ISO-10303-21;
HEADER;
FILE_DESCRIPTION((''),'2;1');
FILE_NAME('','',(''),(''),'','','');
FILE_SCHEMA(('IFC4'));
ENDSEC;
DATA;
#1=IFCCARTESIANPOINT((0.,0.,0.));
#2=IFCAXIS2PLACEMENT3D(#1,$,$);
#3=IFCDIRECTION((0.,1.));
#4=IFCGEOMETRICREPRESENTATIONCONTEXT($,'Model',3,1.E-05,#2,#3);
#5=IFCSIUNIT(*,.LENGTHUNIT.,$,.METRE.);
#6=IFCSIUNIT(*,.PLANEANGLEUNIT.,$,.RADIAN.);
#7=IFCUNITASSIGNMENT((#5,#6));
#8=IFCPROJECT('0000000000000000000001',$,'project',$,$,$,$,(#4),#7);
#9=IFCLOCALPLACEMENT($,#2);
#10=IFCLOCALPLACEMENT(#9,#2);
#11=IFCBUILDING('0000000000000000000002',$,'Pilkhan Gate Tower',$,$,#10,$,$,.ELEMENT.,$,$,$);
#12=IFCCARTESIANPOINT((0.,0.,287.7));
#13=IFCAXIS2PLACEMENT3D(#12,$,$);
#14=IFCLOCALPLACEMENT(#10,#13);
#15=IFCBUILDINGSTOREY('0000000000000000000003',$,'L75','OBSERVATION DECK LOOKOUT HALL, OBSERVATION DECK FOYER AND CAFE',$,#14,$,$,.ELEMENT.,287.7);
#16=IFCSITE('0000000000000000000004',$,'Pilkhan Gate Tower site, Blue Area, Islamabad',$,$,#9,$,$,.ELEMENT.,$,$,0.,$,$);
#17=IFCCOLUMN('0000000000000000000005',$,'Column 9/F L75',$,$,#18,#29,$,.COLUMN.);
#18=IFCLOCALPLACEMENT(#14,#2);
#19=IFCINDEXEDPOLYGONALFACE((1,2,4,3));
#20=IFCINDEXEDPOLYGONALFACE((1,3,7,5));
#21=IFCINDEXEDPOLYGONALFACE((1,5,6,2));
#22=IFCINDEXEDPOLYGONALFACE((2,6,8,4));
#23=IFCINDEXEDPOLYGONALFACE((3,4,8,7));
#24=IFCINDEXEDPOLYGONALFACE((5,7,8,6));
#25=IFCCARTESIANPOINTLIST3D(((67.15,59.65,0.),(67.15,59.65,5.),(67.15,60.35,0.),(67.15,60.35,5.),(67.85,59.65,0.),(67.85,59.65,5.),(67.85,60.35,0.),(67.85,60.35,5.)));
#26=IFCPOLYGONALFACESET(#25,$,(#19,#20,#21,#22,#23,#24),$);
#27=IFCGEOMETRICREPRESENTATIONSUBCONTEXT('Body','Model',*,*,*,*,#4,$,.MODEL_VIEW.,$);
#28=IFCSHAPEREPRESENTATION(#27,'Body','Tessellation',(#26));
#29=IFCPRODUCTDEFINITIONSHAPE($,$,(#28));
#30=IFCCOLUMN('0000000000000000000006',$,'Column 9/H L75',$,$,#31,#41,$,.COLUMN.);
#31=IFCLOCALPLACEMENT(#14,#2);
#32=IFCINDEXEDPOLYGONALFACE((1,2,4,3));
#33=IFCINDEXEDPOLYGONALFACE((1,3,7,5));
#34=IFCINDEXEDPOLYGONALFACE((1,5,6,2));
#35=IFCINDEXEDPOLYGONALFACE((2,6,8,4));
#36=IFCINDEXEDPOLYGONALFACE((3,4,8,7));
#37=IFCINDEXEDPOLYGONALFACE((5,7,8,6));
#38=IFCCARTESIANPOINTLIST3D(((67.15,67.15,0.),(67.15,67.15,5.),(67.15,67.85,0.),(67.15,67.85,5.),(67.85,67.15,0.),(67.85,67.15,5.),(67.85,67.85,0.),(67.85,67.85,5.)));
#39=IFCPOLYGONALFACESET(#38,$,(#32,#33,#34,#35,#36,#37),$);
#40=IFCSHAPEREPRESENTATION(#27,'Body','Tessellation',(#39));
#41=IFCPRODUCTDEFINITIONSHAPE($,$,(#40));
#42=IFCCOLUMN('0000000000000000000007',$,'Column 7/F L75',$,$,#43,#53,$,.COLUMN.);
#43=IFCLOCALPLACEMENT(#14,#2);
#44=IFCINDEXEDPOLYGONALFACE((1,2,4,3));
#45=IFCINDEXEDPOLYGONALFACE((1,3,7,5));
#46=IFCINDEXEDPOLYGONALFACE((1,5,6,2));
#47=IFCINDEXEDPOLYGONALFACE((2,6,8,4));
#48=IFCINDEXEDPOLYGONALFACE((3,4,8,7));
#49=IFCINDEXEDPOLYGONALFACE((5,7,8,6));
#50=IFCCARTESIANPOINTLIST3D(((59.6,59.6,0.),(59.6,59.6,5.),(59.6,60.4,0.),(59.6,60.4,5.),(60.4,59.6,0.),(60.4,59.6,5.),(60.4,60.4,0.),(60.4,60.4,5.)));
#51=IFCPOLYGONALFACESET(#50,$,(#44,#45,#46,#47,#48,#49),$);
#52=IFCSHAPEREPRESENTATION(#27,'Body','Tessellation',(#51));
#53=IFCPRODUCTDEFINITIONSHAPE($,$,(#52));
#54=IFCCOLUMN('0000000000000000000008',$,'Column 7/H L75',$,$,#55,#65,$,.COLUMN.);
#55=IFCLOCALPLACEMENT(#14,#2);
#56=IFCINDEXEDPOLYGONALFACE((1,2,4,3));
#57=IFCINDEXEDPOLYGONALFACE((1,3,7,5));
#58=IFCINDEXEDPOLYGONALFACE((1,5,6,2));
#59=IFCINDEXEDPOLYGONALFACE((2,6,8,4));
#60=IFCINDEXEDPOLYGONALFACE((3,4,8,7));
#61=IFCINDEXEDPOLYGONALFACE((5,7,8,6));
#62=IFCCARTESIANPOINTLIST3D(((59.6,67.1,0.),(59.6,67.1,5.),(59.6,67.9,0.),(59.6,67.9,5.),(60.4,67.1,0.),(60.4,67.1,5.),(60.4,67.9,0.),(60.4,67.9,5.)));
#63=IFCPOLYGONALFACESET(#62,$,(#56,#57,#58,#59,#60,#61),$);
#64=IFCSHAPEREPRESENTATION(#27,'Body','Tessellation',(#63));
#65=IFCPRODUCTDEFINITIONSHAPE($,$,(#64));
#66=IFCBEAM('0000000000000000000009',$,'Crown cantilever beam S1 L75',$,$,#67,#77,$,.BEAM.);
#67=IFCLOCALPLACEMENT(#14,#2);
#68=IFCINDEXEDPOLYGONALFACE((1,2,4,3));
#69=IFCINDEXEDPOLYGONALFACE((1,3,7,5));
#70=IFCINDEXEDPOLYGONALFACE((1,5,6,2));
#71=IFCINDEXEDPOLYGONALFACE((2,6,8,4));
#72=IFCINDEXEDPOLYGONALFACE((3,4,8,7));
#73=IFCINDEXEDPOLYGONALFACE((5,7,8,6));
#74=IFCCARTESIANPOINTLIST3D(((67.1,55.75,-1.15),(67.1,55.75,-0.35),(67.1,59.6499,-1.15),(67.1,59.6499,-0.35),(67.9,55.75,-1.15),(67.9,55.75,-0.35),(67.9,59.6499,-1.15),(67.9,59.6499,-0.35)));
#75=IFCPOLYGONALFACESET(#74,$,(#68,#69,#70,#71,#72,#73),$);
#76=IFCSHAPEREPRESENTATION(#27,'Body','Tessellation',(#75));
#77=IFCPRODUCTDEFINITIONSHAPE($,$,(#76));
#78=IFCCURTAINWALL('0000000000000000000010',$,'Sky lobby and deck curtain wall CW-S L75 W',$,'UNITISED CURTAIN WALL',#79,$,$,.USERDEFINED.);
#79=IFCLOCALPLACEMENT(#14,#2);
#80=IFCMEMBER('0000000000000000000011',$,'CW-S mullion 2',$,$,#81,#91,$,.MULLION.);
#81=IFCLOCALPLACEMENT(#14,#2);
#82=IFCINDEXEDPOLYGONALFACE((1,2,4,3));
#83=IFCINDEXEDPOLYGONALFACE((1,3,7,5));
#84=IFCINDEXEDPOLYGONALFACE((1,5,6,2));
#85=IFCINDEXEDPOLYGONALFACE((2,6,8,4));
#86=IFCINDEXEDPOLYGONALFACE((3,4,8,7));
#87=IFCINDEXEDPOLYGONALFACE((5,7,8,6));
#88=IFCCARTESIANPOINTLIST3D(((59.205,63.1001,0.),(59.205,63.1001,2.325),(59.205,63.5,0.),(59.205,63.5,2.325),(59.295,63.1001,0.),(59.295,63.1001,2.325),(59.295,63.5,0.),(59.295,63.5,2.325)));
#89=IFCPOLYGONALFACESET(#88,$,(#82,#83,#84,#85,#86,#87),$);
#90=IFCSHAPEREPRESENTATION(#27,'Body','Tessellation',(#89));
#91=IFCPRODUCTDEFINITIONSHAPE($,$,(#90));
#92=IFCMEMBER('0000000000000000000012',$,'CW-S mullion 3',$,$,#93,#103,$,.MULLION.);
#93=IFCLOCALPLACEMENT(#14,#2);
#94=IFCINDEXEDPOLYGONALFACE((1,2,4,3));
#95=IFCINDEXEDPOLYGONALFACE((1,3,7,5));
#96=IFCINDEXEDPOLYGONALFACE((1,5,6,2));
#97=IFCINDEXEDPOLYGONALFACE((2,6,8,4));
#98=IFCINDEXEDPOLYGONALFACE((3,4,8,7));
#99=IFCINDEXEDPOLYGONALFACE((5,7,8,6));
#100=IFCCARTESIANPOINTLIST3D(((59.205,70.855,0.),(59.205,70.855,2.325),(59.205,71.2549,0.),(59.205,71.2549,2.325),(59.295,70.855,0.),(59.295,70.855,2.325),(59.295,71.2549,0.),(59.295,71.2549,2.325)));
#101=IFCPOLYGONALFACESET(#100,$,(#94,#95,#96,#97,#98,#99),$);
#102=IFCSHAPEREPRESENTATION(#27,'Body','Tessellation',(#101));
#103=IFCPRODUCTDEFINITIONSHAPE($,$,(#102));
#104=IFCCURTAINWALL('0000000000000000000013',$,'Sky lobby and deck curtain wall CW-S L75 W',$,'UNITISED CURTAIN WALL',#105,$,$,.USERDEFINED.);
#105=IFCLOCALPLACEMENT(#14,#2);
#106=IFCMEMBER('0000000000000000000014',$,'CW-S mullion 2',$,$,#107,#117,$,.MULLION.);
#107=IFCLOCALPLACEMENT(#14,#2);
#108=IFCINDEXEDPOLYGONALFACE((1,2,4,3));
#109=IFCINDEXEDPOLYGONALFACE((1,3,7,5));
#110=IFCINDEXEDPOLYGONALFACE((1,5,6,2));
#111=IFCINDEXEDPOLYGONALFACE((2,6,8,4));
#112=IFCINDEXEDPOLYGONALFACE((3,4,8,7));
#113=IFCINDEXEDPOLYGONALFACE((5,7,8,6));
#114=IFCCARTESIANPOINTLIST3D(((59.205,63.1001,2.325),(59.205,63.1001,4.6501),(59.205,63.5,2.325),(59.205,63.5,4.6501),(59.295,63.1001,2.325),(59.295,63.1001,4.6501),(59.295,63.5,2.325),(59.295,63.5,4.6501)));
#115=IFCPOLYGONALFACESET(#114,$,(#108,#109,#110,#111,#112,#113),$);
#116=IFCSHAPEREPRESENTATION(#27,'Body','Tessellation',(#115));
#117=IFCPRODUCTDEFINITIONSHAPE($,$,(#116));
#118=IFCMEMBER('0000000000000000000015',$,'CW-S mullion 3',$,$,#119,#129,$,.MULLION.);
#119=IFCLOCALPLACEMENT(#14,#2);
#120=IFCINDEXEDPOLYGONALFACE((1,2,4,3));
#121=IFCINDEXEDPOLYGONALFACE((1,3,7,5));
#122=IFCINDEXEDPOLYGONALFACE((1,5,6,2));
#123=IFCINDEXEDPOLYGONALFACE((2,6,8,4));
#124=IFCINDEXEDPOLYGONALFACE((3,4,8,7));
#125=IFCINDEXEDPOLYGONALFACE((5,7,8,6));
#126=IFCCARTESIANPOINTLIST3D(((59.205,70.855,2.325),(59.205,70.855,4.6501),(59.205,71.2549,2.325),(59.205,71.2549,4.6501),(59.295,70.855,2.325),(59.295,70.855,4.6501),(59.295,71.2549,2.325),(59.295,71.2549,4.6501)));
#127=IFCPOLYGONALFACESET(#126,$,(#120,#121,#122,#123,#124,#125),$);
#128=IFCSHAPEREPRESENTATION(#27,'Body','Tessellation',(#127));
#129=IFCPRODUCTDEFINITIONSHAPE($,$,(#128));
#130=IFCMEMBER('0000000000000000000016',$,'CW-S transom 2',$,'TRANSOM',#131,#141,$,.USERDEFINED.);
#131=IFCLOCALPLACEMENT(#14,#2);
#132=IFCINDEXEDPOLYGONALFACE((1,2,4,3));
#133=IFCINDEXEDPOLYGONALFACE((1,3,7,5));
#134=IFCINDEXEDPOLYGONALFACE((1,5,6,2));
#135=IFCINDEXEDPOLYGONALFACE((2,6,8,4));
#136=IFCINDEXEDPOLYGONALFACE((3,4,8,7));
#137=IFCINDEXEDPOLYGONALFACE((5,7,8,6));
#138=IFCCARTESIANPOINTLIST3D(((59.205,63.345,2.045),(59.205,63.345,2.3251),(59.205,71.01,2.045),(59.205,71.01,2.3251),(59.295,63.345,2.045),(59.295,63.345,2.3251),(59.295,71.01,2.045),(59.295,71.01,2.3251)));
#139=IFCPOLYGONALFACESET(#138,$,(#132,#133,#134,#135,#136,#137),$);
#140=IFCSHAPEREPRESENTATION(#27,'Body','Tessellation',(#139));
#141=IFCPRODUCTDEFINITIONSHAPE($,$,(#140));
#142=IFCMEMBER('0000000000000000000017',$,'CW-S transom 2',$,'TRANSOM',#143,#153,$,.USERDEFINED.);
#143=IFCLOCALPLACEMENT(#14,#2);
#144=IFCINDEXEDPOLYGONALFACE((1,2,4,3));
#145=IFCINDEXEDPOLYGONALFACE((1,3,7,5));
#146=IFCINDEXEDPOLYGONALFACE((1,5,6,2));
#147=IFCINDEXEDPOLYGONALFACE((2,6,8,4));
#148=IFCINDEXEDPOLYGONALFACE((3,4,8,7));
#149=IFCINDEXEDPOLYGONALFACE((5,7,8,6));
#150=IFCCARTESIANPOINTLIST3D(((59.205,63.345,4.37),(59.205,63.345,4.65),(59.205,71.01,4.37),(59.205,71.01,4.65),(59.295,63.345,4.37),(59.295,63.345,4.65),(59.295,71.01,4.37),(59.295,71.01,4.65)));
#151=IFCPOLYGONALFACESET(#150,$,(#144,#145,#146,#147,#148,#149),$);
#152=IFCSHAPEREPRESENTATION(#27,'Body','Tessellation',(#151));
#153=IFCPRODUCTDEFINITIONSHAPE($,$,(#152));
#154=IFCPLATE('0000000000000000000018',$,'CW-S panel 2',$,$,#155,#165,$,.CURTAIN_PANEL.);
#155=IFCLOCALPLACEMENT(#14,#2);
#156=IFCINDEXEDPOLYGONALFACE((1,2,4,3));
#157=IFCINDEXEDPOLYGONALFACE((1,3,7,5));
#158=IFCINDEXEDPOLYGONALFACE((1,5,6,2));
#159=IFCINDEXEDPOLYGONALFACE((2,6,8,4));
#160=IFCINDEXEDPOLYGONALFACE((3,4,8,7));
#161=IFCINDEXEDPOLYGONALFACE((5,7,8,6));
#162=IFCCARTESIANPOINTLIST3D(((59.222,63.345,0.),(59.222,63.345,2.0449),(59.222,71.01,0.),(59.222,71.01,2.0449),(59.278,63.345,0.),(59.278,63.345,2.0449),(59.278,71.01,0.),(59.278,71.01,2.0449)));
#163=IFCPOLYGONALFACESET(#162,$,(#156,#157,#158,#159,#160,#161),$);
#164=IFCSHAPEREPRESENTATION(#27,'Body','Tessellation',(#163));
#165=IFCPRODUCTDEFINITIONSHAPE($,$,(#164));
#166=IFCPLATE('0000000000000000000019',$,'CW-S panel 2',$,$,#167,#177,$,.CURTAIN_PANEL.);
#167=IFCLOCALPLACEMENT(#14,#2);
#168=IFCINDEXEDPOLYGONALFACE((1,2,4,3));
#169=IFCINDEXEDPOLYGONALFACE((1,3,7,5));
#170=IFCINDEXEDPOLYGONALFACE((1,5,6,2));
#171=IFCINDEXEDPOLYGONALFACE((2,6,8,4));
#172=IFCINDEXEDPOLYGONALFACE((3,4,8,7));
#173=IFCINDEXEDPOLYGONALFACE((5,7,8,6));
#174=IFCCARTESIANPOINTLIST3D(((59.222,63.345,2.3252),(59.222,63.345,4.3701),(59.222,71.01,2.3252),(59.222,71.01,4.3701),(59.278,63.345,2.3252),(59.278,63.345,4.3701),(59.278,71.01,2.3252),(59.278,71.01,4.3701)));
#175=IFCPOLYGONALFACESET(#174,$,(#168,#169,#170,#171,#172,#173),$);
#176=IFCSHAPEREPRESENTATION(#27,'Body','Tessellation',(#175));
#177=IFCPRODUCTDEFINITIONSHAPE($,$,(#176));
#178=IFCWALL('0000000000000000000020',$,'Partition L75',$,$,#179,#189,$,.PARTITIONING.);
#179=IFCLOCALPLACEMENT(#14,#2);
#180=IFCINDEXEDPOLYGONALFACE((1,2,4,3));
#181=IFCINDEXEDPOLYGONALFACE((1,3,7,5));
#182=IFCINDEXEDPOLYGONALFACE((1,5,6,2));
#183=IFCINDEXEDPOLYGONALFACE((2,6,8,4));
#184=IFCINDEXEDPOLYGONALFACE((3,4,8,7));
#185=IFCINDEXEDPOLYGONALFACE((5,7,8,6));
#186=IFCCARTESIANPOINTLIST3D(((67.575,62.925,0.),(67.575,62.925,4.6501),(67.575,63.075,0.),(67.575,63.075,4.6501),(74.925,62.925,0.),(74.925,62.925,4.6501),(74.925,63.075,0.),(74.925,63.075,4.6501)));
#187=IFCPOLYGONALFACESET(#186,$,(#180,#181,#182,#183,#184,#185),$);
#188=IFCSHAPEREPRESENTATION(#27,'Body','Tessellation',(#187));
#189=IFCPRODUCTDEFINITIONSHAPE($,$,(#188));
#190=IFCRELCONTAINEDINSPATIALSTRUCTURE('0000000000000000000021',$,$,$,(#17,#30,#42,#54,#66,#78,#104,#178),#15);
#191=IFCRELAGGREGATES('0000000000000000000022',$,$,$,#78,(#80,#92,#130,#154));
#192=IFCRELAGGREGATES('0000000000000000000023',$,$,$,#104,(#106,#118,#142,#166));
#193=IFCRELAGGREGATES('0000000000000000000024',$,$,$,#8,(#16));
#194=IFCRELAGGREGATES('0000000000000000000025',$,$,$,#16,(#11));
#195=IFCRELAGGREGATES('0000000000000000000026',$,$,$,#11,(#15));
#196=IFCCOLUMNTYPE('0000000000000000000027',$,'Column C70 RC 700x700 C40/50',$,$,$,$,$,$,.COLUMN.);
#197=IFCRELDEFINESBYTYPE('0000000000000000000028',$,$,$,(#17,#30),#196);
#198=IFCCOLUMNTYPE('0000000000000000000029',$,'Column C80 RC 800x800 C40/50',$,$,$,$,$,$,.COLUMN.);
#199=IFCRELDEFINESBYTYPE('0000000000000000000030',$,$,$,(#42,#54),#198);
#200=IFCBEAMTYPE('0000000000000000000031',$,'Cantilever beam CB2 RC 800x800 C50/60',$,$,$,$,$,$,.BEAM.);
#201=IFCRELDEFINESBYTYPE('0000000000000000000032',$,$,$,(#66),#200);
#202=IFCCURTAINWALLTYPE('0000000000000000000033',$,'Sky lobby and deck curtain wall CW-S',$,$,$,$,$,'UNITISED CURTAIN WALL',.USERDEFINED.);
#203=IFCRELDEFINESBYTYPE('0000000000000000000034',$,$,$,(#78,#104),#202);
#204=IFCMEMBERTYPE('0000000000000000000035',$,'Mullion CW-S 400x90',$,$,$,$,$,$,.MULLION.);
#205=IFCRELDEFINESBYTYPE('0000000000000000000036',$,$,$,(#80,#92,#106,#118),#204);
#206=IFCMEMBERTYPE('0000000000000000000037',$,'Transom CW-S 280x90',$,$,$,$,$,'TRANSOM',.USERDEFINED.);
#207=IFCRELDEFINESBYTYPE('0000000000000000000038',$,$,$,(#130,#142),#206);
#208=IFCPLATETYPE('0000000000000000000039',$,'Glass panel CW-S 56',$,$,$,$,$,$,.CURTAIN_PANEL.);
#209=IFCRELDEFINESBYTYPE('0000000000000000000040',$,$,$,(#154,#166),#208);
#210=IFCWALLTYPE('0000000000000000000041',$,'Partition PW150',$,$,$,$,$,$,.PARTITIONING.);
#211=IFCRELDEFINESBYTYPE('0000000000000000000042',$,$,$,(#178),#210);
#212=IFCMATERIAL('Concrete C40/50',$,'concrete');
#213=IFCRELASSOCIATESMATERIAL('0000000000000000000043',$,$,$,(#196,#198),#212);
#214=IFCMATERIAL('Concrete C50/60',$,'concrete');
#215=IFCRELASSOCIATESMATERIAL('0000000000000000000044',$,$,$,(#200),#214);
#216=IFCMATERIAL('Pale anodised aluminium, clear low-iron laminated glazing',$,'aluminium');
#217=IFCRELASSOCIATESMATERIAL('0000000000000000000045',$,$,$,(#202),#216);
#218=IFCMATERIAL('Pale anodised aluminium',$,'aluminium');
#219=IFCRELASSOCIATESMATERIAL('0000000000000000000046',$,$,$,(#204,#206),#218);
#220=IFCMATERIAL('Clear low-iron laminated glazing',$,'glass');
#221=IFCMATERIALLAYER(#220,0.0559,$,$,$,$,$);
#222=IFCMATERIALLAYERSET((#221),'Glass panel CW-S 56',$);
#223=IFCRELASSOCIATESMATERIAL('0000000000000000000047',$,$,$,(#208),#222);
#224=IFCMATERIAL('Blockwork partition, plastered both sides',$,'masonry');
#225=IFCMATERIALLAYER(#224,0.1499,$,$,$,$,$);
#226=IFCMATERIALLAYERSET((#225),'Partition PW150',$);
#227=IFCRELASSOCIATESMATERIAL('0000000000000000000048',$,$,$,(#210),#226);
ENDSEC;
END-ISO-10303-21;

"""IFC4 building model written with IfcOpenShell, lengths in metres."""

from ifc_helpers import new_model, si_unit, direction, frame, frame_2d, origin, origin_2d, place, context, subcontext, project, spatial, rectangle, extrude, material, layer, layer_set, material_profile, profile_set, type_object, element, aggregate, save


model = new_model("IFC4")

# Units and contexts
model_context = context("Model", 3, precision=1e-05, world=origin(), true_north=direction((0.0, 1.0)))
body_context = subcontext(model_context, "Body", "Model", "MODEL_VIEW")
ifc_project = project(units=[si_unit("LENGTHUNIT", "METRE"), si_unit("PLANEANGLEUNIT", "RADIAN")], contexts=[model_context])

# Site, building, storey
site_placement = place(None, origin())
site = spatial("IfcSite", under=ifc_project, at=site_placement, Name="Pilkhan Gate Tower site, Blue Area, Islamabad", CompositionType="ELEMENT", RefElevation=0.0)
building_placement = place(site_placement, origin())
building = spatial("IfcBuilding", under=site, at=building_placement, Name="Pilkhan Gate Tower", CompositionType="ELEMENT")
storey_placement = place(building_placement, frame((0.0, 0.0, 287.7)))
storey = spatial("IfcBuildingStorey", under=building, at=storey_placement, Name="L75", Description="OBSERVATION DECK LOOKOUT HALL, OBSERVATION DECK FOYER AND CAFE", CompositionType="ELEMENT", Elevation=287.7)

# Columns
ifc_material_1 = material(Name="Concrete C40/50", Category="concrete")
ifc_material_profile_1 = material_profile(ifc_material_1, rectangle(XDim=0.7, YDim=0.7, at=origin_2d()), Name="RC 700x700")
ifc_profile_set_1 = profile_set([ifc_material_profile_1], Name="Concrete C40/50")
column_type_1 = type_object("IfcColumnType", Name="Column C70 RC 700x700 C40/50", PredefinedType="COLUMN", material=ifc_profile_set_1)
for number, where, z_axis, x_axis, name in (
    (1, (67.5, 60.0, 0.0), (0.0, 0.0, 1.0), (1.0, 0.0, 0.0), "Column 9/F L75"),
    (2, (67.5, 67.5, 0.0), (0.0, 0.0, 1.0), (1.0, 0.0, 0.0), "Column 9/H L75"),
):
    element("IfcColumn", number, at=place(storey_placement, frame(where, z_axis=z_axis, x_axis=x_axis)), inside=storey, type_object=column_type_1, Name=name, PredefinedType="COLUMN", context=body_context, shape_type="SweptSolid", body=[
        extrude(rectangle(XDim=0.7, YDim=0.7, at=origin_2d()), origin(), (0.0, 0.0, 1.0), 5.0),
    ])
ifc_material_profile_2 = material_profile(ifc_material_1, rectangle(XDim=0.8, YDim=0.8, at=origin_2d()), Name="RC 800x800")
ifc_profile_set_2 = profile_set([ifc_material_profile_2], Name="Concrete C40/50")
column_type_2 = type_object("IfcColumnType", Name="Column C80 RC 800x800 C40/50", PredefinedType="COLUMN", material=ifc_profile_set_2)
for number, where, z_axis, x_axis, name in (
    (3, (60.0, 60.0, 0.0), (0.0, 0.0, 1.0), (1.0, 0.0, 0.0), "Column 7/F L75"),
    (4, (60.0, 67.5, 0.0), (0.0, 0.0, 1.0), (1.0, 0.0, 0.0), "Column 7/H L75"),
):
    element("IfcColumn", number, at=place(storey_placement, frame(where, z_axis=z_axis, x_axis=x_axis)), inside=storey, type_object=column_type_2, Name=name, PredefinedType="COLUMN", context=body_context, shape_type="SweptSolid", body=[
        extrude(rectangle(XDim=0.8, YDim=0.8, at=origin_2d()), origin(), (0.0, 0.0, 1.0), 5.0),
    ])

# Beam
ifc_material_2 = material(Name="Concrete C50/60", Category="concrete")
ifc_material_profile_3 = material_profile(ifc_material_2, rectangle(XDim=0.8, YDim=0.8, at=origin_2d()), Name="RC 800x800")
ifc_profile_set_3 = profile_set([ifc_material_profile_3], Name="Concrete C50/60")
beam_type = type_object("IfcBeamType", Name="Cantilever beam CB2 RC 800x800 C50/60", PredefinedType="BEAM", material=ifc_profile_set_3)
beam_placement = place(storey_placement, frame((67.5, 59.6499, -0.75), z_axis=(0.0, -1.0, 0.0), x_axis=(1.0, 0.0, 0.0)))
element("IfcBeam", 5, at=beam_placement, inside=storey, type_object=beam_type, Name="Crown cantilever beam S1 L75", PredefinedType="BEAM", context=body_context, shape_type="SweptSolid", body=[
    extrude(rectangle(XDim=0.8, YDim=0.8, at=origin_2d()), origin(), (0.0, 0.0, 1.0), 3.8999),
])

# Curtain walls, members
ifc_material_3 = material(Name="Pale anodised aluminium, clear low-iron laminated glazing", Category="aluminium")
curtain_wall_type = type_object("IfcCurtainWallType", Name="Sky lobby and deck curtain wall CW-S", ElementType="UNITISED CURTAIN WALL", PredefinedType="USERDEFINED", material=ifc_material_3)
curtain_wall_1_placement = place(storey_placement, origin())
curtain_wall_1 = element("IfcCurtainWall", 6, at=curtain_wall_1_placement, inside=storey, type_object=curtain_wall_type, Name="Sky lobby and deck curtain wall CW-S L75 W", ObjectType="UNITISED CURTAIN WALL", PredefinedType="USERDEFINED")
ifc_material_4 = material(Name="Pale anodised aluminium", Category="aluminium")
ifc_material_profile_4 = material_profile(ifc_material_4, rectangle(XDim=0.0901, YDim=0.3999, at=origin_2d()), Name="Mullion 400x90")
ifc_profile_set_4 = profile_set([ifc_material_profile_4], Name="Pale anodised aluminium")
member_type_1 = type_object("IfcMemberType", Name="Mullion CW-S 400x90", PredefinedType="MULLION", material=ifc_profile_set_4)
member_1_placement = place(storey_placement, frame((59.25, 63.3, 0.0), z_axis=(0.0, 0.0, 1.0), x_axis=(-1.0, 0.0, 0.0)))
member_1 = element("IfcMember", 7, at=member_1_placement, type_object=member_type_1, Name="CW-S mullion 2", PredefinedType="MULLION", context=body_context, shape_type="SweptSolid", body=[
    extrude(rectangle(XDim=0.0901, YDim=0.3999, at=origin_2d()), origin(), (0.0, 0.0, 1.0), 2.325),
])
member_2_placement = place(storey_placement, frame((59.25, 71.0549, 0.0), z_axis=(0.0, 0.0, 1.0), x_axis=(-1.0, 0.0, 0.0)))
member_2 = element("IfcMember", 8, at=member_2_placement, type_object=member_type_1, Name="CW-S mullion 3", PredefinedType="MULLION", context=body_context, shape_type="SweptSolid", body=[
    extrude(rectangle(XDim=0.0901, YDim=0.3999, at=origin_2d()), origin(), (0.0, 0.0, 1.0), 2.325),
])
curtain_wall_2_placement = place(storey_placement, origin())
curtain_wall_2 = element("IfcCurtainWall", 9, at=curtain_wall_2_placement, inside=storey, type_object=curtain_wall_type, Name="Sky lobby and deck curtain wall CW-S L75 W", ObjectType="UNITISED CURTAIN WALL", PredefinedType="USERDEFINED")
member_3_placement = place(storey_placement, frame((59.25, 63.3, 2.325), z_axis=(0.0, 0.0, 1.0), x_axis=(-1.0, 0.0, 0.0)))
member_3 = element("IfcMember", 10, at=member_3_placement, type_object=member_type_1, Name="CW-S mullion 2", PredefinedType="MULLION", context=body_context, shape_type="SweptSolid", body=[
    extrude(rectangle(XDim=0.0901, YDim=0.3999, at=origin_2d()), origin(), (0.0, 0.0, 1.0), 2.3252),
])
member_4_placement = place(storey_placement, frame((59.25, 71.0549, 2.325), z_axis=(0.0, 0.0, 1.0), x_axis=(-1.0, 0.0, 0.0)))
member_4 = element("IfcMember", 11, at=member_4_placement, type_object=member_type_1, Name="CW-S mullion 3", PredefinedType="MULLION", context=body_context, shape_type="SweptSolid", body=[
    extrude(rectangle(XDim=0.0901, YDim=0.3999, at=origin_2d()), origin(), (0.0, 0.0, 1.0), 2.3252),
])

# Members
ifc_material_profile_5 = material_profile(ifc_material_4, rectangle(XDim=0.0901, YDim=0.28, at=origin_2d()), Name="Transom 280x90")
ifc_profile_set_5 = profile_set([ifc_material_profile_5], Name="Pale anodised aluminium")
member_type_2 = type_object("IfcMemberType", Name="Transom CW-S 280x90", ElementType="TRANSOM", PredefinedType="USERDEFINED", material=ifc_profile_set_5)
member_5_placement = place(storey_placement, frame((59.25, 63.345, 2.1851), z_axis=(0.0, 1.0, 0.0), x_axis=(-1.0, 0.0, 0.0)))
member_5 = element("IfcMember", 12, at=member_5_placement, type_object=member_type_2, Name="CW-S transom 2", ObjectType="TRANSOM", PredefinedType="USERDEFINED", context=body_context, shape_type="SweptSolid", body=[
    extrude(rectangle(XDim=0.0901, YDim=0.28, at=origin_2d()), origin(), (0.0, 0.0, 1.0), 7.665),
])
member_6_placement = place(storey_placement, frame((59.25, 63.345, 4.51), z_axis=(0.0, 1.0, 0.0), x_axis=(-1.0, 0.0, 0.0)))
member_6 = element("IfcMember", 13, at=member_6_placement, type_object=member_type_2, Name="CW-S transom 2", ObjectType="TRANSOM", PredefinedType="USERDEFINED", context=body_context, shape_type="SweptSolid", body=[
    extrude(rectangle(XDim=0.0901, YDim=0.28, at=origin_2d()), origin(), (0.0, 0.0, 1.0), 7.665),
])

# Plates
ifc_material_5 = material(Name="Clear low-iron laminated glazing", Category="glass")
ifc_layer_1 = layer(ifc_material_5, 0.0559)
ifc_layer_set_1 = layer_set([ifc_layer_1], Name="Glass panel CW-S 56")
plate_type = type_object("IfcPlateType", Name="Glass panel CW-S 56", PredefinedType="CURTAIN_PANEL", material=ifc_layer_set_1)
plate_1_placement = place(storey_placement, frame((59.25, 67.1775, 0.0), z_axis=(0.0, 0.0, 1.0), x_axis=(0.0, 1.0, 0.0)))
plate_1 = element("IfcPlate", 14, at=plate_1_placement, type_object=plate_type, Name="CW-S panel 2", PredefinedType="CURTAIN_PANEL", context=body_context, shape_type="SweptSolid", body=[
    extrude(rectangle(XDim=7.665, YDim=0.0559, at=origin_2d()), origin(), (0.0, 0.0, 1.0), 2.0449),
])
aggregate(curtain_wall_1, [member_1, member_2, member_5, plate_1])
plate_2_placement = place(storey_placement, frame((59.25, 67.1775, 2.3252), z_axis=(0.0, 0.0, 1.0), x_axis=(0.0, 1.0, 0.0)))
plate_2 = element("IfcPlate", 15, at=plate_2_placement, type_object=plate_type, Name="CW-S panel 2", PredefinedType="CURTAIN_PANEL", context=body_context, shape_type="SweptSolid", body=[
    extrude(rectangle(XDim=7.665, YDim=0.0559, at=origin_2d()), origin(), (0.0, 0.0, 1.0), 2.0449),
])
aggregate(curtain_wall_2, [member_3, member_4, member_6, plate_2])

# Wall
ifc_material_6 = material(Name="Blockwork partition, plastered both sides", Category="masonry")
ifc_layer_2 = layer(ifc_material_6, 0.1499)
ifc_layer_set_2 = layer_set([ifc_layer_2], Name="Partition PW150")
wall_type = type_object("IfcWallType", Name="Partition PW150", PredefinedType="PARTITIONING", material=ifc_layer_set_2)
wall_1_placement = place(storey_placement, frame((67.575, 63.0, 0.0), z_axis=(0.0, 0.0, 1.0), x_axis=(1.0, 0.0, 0.0)))
element("IfcWall", 16, at=wall_1_placement, inside=storey, type_object=wall_type, Name="Partition L75", PredefinedType="PARTITIONING", context=body_context, shape_type="SweptSolid", body=[
    extrude(rectangle(XDim=7.3501, YDim=0.1499, at=frame_2d((3.675, 0.0))), origin(), (0.0, 0.0, 1.0), 4.6501),
])

save(model, "model.ifc")
